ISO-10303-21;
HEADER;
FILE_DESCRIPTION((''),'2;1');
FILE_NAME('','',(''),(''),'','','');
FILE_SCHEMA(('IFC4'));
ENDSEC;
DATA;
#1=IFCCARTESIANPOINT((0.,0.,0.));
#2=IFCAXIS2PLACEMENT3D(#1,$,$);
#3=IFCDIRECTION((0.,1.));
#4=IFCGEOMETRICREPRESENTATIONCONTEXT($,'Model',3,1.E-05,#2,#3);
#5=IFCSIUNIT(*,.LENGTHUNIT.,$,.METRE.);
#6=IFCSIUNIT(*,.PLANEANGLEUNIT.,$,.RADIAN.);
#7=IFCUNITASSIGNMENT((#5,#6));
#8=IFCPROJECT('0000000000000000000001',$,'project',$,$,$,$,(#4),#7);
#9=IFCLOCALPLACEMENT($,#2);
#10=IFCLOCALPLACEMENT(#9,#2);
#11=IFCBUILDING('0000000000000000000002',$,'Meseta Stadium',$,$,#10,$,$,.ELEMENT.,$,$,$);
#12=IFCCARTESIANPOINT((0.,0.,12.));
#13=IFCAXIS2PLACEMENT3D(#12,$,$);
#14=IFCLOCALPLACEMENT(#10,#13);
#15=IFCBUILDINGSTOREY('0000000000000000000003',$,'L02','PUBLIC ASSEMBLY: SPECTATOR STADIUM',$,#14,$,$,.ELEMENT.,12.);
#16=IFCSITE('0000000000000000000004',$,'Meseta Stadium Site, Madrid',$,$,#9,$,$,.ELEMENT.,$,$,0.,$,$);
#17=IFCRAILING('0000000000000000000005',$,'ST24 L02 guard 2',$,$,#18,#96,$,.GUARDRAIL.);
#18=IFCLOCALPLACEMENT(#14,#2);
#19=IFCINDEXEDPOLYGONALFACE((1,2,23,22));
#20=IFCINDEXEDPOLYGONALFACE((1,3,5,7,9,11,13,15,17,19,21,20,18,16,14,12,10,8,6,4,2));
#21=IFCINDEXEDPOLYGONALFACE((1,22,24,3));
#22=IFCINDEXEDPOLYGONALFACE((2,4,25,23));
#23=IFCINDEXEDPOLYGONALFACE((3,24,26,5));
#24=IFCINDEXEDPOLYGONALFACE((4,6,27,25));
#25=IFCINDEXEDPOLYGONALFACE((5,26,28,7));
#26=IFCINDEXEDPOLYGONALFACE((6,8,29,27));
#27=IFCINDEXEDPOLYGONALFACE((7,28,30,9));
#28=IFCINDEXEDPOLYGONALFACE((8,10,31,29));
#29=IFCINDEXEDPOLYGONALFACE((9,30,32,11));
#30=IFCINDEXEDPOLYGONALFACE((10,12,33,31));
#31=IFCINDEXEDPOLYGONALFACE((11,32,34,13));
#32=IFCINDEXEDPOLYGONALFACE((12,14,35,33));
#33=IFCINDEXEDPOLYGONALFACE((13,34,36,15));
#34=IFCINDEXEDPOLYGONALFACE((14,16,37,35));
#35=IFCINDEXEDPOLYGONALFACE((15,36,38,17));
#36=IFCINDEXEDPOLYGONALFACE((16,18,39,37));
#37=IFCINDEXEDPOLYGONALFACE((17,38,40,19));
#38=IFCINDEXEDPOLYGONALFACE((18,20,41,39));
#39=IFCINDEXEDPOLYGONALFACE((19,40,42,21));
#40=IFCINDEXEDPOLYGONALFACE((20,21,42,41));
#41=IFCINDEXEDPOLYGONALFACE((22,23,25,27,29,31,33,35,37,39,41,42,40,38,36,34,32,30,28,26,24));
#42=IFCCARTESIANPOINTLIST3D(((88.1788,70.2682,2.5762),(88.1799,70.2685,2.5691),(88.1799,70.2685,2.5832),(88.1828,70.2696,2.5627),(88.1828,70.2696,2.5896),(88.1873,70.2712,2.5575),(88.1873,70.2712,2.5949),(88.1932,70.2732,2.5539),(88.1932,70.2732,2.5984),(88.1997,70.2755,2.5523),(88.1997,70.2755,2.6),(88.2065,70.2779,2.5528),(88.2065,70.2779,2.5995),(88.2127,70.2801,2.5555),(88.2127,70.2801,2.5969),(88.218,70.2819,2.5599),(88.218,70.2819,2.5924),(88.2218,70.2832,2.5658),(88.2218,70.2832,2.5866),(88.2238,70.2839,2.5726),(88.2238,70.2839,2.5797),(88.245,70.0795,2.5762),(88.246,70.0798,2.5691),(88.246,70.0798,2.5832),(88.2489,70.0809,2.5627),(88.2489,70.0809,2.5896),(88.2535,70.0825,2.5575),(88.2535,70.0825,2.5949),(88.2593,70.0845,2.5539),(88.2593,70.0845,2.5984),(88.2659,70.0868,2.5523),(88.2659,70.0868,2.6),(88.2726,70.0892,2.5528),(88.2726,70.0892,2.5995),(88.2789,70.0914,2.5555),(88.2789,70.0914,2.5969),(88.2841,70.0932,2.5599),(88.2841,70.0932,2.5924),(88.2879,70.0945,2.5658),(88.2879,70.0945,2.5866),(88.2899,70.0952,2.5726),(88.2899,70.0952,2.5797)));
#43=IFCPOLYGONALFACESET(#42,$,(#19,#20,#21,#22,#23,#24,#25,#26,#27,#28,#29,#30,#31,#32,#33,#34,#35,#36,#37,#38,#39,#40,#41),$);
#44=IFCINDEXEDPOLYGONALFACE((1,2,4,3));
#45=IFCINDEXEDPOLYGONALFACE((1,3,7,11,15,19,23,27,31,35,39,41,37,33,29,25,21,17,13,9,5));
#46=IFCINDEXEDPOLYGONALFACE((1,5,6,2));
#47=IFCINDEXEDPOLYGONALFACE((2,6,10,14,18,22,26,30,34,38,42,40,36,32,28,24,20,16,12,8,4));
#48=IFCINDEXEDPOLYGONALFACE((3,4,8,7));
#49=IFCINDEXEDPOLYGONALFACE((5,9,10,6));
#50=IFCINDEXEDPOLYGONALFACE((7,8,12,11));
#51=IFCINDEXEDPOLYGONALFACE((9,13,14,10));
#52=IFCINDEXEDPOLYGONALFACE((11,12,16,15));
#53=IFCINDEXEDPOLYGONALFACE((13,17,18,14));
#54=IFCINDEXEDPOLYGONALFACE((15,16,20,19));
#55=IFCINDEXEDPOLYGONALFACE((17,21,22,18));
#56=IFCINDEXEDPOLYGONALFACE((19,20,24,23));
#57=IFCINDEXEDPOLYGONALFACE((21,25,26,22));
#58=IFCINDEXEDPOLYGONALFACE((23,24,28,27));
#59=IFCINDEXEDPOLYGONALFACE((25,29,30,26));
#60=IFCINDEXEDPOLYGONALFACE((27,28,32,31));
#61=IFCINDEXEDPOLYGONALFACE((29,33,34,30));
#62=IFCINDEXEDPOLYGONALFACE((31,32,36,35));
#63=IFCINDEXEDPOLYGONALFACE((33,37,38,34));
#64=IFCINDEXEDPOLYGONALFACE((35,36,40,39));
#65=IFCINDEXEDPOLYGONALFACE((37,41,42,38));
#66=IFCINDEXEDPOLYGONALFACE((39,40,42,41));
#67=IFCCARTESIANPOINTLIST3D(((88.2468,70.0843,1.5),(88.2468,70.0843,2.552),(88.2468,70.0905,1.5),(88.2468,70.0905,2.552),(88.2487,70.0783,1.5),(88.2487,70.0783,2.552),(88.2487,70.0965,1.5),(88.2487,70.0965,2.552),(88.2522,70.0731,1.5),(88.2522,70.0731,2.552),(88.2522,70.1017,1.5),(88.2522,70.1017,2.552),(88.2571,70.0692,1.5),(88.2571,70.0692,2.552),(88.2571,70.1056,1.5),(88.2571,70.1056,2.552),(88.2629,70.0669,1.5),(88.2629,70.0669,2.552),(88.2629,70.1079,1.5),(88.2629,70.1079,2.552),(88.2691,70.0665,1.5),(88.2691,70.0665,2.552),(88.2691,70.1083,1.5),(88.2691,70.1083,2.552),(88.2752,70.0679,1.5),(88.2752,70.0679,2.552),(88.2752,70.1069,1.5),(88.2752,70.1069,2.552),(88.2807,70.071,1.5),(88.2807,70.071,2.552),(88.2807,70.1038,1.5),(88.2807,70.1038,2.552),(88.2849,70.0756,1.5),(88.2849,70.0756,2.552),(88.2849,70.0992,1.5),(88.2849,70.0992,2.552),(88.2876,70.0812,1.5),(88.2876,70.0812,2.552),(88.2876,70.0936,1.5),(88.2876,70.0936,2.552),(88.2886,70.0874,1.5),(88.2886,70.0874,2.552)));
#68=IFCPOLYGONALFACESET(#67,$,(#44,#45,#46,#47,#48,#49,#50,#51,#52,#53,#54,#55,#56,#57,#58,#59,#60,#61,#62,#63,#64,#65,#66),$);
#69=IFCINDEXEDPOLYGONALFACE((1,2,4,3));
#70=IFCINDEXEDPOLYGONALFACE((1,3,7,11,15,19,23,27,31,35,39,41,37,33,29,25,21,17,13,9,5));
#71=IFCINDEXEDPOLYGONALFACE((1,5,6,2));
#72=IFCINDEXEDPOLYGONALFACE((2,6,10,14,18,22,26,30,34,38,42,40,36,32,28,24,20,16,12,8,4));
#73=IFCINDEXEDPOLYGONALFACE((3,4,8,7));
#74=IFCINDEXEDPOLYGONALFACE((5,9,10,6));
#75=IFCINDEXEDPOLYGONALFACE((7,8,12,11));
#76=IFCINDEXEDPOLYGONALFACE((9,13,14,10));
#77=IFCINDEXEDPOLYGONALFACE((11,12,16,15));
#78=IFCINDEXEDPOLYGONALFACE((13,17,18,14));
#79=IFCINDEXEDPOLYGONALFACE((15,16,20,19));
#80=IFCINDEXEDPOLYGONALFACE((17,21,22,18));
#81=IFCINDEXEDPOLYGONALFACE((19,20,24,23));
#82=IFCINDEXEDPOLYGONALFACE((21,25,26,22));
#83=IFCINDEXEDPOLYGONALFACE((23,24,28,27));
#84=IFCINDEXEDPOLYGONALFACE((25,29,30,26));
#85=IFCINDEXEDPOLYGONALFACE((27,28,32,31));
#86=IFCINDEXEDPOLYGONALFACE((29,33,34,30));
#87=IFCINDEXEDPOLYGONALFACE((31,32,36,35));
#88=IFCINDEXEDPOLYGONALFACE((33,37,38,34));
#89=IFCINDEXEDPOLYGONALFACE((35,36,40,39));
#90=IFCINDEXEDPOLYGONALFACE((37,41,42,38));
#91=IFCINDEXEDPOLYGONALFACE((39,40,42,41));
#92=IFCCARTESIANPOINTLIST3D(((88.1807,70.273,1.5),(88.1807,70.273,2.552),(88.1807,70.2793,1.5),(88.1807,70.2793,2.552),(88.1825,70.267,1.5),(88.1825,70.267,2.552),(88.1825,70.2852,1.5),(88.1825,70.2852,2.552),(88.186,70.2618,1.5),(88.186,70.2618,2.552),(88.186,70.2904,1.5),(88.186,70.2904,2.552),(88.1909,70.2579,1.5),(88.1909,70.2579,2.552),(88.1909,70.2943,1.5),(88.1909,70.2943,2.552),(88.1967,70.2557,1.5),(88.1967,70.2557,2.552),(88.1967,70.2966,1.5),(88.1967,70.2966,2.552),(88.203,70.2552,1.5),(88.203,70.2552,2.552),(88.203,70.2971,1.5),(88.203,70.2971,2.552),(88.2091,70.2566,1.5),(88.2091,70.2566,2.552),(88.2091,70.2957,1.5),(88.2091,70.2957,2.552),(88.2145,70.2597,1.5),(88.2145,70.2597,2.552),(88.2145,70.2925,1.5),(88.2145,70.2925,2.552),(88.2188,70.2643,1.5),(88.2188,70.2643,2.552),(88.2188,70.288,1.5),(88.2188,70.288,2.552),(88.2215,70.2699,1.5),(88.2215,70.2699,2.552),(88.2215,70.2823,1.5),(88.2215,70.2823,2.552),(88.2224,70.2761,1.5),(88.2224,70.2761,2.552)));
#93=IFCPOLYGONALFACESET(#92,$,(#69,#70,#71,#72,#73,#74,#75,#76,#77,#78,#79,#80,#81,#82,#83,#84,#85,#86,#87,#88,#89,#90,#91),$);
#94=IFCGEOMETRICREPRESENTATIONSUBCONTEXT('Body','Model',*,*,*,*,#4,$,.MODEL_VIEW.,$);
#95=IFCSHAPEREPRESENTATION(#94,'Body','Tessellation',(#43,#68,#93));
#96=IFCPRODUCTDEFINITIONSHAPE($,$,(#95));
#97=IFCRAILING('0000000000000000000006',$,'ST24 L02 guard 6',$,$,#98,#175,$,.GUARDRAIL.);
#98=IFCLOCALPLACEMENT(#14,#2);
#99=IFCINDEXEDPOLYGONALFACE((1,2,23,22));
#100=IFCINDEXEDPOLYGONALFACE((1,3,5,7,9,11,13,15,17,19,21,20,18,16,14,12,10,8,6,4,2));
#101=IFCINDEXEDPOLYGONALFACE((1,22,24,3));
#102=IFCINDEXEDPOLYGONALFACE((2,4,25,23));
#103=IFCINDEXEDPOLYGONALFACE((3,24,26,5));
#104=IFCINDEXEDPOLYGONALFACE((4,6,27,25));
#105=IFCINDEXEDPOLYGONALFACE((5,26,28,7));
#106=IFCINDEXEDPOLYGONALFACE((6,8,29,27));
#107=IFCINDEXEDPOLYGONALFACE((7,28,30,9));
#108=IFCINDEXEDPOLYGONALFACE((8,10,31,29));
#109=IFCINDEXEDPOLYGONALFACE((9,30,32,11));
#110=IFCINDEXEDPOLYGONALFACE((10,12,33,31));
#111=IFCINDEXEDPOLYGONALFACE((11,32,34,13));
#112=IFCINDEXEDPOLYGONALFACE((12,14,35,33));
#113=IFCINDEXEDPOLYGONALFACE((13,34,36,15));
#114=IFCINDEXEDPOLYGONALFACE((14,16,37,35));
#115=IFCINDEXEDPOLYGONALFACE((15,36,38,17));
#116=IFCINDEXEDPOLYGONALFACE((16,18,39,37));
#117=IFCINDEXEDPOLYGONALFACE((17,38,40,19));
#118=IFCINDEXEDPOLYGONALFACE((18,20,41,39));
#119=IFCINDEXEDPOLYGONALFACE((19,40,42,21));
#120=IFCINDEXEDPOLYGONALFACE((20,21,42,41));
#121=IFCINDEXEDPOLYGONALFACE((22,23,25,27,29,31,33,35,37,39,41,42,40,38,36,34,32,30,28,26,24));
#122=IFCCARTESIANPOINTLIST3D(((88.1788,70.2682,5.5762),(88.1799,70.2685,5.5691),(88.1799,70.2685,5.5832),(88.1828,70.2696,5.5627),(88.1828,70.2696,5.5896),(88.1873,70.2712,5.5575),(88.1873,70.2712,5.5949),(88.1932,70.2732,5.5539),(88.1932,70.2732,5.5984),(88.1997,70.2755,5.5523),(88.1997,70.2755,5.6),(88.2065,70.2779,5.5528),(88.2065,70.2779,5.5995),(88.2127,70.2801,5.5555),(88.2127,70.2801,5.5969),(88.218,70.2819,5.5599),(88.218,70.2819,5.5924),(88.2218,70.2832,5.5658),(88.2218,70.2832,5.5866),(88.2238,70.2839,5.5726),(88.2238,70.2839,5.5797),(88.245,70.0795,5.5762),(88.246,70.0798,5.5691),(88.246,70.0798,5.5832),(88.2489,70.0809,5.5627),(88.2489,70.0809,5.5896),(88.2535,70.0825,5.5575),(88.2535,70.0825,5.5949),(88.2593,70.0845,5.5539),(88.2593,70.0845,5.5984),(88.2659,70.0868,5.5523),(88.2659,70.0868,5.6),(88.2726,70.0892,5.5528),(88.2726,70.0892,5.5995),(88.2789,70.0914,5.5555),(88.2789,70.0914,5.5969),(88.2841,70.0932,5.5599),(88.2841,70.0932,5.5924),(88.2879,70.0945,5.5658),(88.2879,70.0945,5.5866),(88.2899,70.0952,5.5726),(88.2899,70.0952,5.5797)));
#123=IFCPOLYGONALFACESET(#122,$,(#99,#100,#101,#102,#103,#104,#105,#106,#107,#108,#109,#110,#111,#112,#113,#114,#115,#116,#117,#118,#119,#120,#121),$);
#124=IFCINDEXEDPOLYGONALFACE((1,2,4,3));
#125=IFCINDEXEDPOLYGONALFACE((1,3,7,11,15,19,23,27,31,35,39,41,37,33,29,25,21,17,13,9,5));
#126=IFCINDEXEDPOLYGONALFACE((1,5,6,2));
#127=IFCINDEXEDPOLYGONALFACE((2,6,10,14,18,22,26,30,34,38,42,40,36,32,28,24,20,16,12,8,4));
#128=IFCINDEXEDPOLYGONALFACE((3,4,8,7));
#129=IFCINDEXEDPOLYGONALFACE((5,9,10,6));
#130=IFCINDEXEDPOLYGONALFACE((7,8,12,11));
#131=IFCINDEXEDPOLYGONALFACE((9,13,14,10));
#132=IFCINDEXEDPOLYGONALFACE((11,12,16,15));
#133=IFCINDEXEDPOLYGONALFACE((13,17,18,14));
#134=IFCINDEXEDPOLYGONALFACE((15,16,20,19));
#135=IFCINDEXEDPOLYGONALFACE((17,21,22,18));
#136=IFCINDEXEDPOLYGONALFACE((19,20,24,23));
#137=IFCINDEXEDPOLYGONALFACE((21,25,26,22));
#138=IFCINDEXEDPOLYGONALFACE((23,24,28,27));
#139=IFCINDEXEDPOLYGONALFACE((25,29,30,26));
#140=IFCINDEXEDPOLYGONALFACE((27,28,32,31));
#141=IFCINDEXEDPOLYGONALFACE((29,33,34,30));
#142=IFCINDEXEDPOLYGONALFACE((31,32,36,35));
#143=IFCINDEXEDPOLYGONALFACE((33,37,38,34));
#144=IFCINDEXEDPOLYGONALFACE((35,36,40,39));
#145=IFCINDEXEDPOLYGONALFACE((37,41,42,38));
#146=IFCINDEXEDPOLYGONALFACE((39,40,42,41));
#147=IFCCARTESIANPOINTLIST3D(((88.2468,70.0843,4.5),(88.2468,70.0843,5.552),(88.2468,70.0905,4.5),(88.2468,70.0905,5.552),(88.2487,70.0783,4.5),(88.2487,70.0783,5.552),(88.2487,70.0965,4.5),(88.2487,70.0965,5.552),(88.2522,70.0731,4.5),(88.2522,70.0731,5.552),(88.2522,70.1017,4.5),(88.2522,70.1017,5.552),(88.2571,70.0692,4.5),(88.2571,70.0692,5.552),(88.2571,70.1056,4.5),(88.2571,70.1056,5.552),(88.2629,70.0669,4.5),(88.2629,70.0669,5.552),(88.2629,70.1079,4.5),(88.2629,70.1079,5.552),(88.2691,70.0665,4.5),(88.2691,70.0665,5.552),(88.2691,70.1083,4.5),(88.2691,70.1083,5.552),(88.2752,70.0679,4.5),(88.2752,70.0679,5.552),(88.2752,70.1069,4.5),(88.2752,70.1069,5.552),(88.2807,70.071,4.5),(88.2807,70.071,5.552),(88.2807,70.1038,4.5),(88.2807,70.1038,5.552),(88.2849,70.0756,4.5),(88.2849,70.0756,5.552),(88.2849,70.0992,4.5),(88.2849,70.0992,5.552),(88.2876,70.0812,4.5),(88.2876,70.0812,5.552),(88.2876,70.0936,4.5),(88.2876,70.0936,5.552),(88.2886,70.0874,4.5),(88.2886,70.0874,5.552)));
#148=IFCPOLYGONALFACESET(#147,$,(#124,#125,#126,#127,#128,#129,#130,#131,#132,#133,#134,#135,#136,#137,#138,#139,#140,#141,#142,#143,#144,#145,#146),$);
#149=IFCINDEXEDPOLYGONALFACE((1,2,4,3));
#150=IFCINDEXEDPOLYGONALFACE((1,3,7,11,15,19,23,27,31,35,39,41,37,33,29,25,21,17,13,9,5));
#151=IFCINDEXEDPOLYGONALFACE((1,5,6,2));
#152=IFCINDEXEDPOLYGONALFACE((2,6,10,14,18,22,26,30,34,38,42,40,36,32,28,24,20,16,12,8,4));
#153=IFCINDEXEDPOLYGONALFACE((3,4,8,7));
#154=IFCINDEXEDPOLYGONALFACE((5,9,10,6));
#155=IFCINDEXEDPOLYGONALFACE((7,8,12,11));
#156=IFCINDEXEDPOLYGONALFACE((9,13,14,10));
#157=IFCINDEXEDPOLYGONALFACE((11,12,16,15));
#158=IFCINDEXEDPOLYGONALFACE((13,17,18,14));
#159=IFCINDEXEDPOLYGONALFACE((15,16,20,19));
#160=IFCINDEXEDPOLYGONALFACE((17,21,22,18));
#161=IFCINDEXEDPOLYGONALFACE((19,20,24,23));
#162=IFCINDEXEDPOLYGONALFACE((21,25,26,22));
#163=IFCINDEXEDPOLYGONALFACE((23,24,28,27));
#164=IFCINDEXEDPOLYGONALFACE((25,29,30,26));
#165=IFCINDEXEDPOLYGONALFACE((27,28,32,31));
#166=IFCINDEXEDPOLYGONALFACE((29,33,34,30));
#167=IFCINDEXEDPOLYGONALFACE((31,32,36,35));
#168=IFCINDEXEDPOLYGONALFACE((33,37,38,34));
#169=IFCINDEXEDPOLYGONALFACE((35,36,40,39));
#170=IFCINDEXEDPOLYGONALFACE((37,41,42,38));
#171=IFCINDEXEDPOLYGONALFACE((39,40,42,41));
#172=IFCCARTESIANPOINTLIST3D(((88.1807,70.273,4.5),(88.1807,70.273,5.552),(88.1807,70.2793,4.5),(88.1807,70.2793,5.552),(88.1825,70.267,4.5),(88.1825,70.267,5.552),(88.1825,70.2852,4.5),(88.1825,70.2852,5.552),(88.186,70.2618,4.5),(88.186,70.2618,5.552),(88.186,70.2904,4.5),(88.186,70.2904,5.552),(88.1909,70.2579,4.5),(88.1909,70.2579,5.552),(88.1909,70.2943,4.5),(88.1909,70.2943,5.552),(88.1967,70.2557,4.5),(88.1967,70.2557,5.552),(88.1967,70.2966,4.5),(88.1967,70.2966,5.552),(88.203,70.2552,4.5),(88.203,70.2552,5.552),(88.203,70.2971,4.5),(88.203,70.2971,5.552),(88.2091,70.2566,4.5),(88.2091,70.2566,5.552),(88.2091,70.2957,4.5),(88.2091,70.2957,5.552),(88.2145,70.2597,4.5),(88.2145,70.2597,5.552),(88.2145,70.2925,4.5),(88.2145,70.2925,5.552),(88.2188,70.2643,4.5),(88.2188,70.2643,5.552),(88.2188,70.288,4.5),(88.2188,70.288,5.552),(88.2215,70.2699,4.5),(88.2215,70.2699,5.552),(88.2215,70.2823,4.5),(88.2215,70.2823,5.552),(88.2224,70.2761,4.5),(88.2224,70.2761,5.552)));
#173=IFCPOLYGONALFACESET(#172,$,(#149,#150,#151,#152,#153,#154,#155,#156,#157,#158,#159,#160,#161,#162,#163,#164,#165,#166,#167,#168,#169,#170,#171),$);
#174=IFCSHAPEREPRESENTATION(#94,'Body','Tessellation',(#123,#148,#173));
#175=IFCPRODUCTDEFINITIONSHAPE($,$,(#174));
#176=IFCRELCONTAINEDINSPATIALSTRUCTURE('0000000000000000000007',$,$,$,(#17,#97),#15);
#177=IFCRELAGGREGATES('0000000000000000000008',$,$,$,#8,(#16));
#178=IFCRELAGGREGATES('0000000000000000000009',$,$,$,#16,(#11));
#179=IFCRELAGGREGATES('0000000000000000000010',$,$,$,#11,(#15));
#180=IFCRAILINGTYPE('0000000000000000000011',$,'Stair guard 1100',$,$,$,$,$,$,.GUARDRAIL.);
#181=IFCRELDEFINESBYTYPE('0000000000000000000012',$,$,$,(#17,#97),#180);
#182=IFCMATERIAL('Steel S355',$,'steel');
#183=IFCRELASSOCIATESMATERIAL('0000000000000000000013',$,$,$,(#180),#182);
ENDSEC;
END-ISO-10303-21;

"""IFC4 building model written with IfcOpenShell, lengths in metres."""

from ifc_helpers import new_model, si_unit, direction, frame, origin, origin_2d, place, context, subcontext, project, spatial, circle, extrude, material, type_object, element, save


model = new_model("IFC4")

# Units and contexts
model_context = context("Model", 3, precision=1e-05, world=origin(), true_north=direction((0.0, 1.0)))
body_context = subcontext(model_context, "Body", "Model", "MODEL_VIEW")
ifc_project = project(units=[si_unit("LENGTHUNIT", "METRE"), si_unit("PLANEANGLEUNIT", "RADIAN")], contexts=[model_context])

# Site, building, storey
site_placement = place(None, origin())
site = spatial("IfcSite", under=ifc_project, at=site_placement, Name="Meseta Stadium Site, Madrid", CompositionType="ELEMENT", RefElevation=0.0)
building_placement = place(site_placement, origin())
building = spatial("IfcBuilding", under=site, at=building_placement, Name="Meseta Stadium", CompositionType="ELEMENT")
storey_placement = place(building_placement, frame((0.0, 0.0, 12.0)))
storey = spatial("IfcBuildingStorey", under=building, at=storey_placement, Name="L02", Description="PUBLIC ASSEMBLY: SPECTATOR STADIUM", CompositionType="ELEMENT", Elevation=12.0)

# Railings
ifc_material_1 = material(Name="Steel S355", Category="steel")
railing_type = type_object("IfcRailingType", Name="Stair guard 1100", PredefinedType="GUARDRAIL", material=ifc_material_1)
for number, where, name in (
    (1, (88.2676, 70.0874, 1.5), "ST24 L02 guard 2"),
    (2, (88.2676, 70.0874, 4.5), "ST24 L02 guard 6"),
):
    element("IfcRailing", number, at=place(storey_placement, frame(where)), inside=storey, type_object=railing_type, Name=name, PredefinedType="GUARDRAIL", context=body_context, shape_type="SweptSolid", body=[
        extrude(circle(Radius=0.0239, at=origin_2d()), frame((0.0, 0.0, 1.0762), z_axis=(-0.33084, 0.943687, 0.0), x_axis=(-0.943687, -0.33084, 0.0)), (0.0, 0.0, 1.0), 0.2),
        extrude(circle(Radius=0.021, at=origin_2d()), origin(), (0.0, 0.0, 1.0), 1.052),
        extrude(circle(Radius=0.021, at=origin_2d()), frame((-0.0662, 0.1887, 0.0)), (0.0, 0.0, 1.0), 1.052),
    ])

save(model, "model.ifc")
